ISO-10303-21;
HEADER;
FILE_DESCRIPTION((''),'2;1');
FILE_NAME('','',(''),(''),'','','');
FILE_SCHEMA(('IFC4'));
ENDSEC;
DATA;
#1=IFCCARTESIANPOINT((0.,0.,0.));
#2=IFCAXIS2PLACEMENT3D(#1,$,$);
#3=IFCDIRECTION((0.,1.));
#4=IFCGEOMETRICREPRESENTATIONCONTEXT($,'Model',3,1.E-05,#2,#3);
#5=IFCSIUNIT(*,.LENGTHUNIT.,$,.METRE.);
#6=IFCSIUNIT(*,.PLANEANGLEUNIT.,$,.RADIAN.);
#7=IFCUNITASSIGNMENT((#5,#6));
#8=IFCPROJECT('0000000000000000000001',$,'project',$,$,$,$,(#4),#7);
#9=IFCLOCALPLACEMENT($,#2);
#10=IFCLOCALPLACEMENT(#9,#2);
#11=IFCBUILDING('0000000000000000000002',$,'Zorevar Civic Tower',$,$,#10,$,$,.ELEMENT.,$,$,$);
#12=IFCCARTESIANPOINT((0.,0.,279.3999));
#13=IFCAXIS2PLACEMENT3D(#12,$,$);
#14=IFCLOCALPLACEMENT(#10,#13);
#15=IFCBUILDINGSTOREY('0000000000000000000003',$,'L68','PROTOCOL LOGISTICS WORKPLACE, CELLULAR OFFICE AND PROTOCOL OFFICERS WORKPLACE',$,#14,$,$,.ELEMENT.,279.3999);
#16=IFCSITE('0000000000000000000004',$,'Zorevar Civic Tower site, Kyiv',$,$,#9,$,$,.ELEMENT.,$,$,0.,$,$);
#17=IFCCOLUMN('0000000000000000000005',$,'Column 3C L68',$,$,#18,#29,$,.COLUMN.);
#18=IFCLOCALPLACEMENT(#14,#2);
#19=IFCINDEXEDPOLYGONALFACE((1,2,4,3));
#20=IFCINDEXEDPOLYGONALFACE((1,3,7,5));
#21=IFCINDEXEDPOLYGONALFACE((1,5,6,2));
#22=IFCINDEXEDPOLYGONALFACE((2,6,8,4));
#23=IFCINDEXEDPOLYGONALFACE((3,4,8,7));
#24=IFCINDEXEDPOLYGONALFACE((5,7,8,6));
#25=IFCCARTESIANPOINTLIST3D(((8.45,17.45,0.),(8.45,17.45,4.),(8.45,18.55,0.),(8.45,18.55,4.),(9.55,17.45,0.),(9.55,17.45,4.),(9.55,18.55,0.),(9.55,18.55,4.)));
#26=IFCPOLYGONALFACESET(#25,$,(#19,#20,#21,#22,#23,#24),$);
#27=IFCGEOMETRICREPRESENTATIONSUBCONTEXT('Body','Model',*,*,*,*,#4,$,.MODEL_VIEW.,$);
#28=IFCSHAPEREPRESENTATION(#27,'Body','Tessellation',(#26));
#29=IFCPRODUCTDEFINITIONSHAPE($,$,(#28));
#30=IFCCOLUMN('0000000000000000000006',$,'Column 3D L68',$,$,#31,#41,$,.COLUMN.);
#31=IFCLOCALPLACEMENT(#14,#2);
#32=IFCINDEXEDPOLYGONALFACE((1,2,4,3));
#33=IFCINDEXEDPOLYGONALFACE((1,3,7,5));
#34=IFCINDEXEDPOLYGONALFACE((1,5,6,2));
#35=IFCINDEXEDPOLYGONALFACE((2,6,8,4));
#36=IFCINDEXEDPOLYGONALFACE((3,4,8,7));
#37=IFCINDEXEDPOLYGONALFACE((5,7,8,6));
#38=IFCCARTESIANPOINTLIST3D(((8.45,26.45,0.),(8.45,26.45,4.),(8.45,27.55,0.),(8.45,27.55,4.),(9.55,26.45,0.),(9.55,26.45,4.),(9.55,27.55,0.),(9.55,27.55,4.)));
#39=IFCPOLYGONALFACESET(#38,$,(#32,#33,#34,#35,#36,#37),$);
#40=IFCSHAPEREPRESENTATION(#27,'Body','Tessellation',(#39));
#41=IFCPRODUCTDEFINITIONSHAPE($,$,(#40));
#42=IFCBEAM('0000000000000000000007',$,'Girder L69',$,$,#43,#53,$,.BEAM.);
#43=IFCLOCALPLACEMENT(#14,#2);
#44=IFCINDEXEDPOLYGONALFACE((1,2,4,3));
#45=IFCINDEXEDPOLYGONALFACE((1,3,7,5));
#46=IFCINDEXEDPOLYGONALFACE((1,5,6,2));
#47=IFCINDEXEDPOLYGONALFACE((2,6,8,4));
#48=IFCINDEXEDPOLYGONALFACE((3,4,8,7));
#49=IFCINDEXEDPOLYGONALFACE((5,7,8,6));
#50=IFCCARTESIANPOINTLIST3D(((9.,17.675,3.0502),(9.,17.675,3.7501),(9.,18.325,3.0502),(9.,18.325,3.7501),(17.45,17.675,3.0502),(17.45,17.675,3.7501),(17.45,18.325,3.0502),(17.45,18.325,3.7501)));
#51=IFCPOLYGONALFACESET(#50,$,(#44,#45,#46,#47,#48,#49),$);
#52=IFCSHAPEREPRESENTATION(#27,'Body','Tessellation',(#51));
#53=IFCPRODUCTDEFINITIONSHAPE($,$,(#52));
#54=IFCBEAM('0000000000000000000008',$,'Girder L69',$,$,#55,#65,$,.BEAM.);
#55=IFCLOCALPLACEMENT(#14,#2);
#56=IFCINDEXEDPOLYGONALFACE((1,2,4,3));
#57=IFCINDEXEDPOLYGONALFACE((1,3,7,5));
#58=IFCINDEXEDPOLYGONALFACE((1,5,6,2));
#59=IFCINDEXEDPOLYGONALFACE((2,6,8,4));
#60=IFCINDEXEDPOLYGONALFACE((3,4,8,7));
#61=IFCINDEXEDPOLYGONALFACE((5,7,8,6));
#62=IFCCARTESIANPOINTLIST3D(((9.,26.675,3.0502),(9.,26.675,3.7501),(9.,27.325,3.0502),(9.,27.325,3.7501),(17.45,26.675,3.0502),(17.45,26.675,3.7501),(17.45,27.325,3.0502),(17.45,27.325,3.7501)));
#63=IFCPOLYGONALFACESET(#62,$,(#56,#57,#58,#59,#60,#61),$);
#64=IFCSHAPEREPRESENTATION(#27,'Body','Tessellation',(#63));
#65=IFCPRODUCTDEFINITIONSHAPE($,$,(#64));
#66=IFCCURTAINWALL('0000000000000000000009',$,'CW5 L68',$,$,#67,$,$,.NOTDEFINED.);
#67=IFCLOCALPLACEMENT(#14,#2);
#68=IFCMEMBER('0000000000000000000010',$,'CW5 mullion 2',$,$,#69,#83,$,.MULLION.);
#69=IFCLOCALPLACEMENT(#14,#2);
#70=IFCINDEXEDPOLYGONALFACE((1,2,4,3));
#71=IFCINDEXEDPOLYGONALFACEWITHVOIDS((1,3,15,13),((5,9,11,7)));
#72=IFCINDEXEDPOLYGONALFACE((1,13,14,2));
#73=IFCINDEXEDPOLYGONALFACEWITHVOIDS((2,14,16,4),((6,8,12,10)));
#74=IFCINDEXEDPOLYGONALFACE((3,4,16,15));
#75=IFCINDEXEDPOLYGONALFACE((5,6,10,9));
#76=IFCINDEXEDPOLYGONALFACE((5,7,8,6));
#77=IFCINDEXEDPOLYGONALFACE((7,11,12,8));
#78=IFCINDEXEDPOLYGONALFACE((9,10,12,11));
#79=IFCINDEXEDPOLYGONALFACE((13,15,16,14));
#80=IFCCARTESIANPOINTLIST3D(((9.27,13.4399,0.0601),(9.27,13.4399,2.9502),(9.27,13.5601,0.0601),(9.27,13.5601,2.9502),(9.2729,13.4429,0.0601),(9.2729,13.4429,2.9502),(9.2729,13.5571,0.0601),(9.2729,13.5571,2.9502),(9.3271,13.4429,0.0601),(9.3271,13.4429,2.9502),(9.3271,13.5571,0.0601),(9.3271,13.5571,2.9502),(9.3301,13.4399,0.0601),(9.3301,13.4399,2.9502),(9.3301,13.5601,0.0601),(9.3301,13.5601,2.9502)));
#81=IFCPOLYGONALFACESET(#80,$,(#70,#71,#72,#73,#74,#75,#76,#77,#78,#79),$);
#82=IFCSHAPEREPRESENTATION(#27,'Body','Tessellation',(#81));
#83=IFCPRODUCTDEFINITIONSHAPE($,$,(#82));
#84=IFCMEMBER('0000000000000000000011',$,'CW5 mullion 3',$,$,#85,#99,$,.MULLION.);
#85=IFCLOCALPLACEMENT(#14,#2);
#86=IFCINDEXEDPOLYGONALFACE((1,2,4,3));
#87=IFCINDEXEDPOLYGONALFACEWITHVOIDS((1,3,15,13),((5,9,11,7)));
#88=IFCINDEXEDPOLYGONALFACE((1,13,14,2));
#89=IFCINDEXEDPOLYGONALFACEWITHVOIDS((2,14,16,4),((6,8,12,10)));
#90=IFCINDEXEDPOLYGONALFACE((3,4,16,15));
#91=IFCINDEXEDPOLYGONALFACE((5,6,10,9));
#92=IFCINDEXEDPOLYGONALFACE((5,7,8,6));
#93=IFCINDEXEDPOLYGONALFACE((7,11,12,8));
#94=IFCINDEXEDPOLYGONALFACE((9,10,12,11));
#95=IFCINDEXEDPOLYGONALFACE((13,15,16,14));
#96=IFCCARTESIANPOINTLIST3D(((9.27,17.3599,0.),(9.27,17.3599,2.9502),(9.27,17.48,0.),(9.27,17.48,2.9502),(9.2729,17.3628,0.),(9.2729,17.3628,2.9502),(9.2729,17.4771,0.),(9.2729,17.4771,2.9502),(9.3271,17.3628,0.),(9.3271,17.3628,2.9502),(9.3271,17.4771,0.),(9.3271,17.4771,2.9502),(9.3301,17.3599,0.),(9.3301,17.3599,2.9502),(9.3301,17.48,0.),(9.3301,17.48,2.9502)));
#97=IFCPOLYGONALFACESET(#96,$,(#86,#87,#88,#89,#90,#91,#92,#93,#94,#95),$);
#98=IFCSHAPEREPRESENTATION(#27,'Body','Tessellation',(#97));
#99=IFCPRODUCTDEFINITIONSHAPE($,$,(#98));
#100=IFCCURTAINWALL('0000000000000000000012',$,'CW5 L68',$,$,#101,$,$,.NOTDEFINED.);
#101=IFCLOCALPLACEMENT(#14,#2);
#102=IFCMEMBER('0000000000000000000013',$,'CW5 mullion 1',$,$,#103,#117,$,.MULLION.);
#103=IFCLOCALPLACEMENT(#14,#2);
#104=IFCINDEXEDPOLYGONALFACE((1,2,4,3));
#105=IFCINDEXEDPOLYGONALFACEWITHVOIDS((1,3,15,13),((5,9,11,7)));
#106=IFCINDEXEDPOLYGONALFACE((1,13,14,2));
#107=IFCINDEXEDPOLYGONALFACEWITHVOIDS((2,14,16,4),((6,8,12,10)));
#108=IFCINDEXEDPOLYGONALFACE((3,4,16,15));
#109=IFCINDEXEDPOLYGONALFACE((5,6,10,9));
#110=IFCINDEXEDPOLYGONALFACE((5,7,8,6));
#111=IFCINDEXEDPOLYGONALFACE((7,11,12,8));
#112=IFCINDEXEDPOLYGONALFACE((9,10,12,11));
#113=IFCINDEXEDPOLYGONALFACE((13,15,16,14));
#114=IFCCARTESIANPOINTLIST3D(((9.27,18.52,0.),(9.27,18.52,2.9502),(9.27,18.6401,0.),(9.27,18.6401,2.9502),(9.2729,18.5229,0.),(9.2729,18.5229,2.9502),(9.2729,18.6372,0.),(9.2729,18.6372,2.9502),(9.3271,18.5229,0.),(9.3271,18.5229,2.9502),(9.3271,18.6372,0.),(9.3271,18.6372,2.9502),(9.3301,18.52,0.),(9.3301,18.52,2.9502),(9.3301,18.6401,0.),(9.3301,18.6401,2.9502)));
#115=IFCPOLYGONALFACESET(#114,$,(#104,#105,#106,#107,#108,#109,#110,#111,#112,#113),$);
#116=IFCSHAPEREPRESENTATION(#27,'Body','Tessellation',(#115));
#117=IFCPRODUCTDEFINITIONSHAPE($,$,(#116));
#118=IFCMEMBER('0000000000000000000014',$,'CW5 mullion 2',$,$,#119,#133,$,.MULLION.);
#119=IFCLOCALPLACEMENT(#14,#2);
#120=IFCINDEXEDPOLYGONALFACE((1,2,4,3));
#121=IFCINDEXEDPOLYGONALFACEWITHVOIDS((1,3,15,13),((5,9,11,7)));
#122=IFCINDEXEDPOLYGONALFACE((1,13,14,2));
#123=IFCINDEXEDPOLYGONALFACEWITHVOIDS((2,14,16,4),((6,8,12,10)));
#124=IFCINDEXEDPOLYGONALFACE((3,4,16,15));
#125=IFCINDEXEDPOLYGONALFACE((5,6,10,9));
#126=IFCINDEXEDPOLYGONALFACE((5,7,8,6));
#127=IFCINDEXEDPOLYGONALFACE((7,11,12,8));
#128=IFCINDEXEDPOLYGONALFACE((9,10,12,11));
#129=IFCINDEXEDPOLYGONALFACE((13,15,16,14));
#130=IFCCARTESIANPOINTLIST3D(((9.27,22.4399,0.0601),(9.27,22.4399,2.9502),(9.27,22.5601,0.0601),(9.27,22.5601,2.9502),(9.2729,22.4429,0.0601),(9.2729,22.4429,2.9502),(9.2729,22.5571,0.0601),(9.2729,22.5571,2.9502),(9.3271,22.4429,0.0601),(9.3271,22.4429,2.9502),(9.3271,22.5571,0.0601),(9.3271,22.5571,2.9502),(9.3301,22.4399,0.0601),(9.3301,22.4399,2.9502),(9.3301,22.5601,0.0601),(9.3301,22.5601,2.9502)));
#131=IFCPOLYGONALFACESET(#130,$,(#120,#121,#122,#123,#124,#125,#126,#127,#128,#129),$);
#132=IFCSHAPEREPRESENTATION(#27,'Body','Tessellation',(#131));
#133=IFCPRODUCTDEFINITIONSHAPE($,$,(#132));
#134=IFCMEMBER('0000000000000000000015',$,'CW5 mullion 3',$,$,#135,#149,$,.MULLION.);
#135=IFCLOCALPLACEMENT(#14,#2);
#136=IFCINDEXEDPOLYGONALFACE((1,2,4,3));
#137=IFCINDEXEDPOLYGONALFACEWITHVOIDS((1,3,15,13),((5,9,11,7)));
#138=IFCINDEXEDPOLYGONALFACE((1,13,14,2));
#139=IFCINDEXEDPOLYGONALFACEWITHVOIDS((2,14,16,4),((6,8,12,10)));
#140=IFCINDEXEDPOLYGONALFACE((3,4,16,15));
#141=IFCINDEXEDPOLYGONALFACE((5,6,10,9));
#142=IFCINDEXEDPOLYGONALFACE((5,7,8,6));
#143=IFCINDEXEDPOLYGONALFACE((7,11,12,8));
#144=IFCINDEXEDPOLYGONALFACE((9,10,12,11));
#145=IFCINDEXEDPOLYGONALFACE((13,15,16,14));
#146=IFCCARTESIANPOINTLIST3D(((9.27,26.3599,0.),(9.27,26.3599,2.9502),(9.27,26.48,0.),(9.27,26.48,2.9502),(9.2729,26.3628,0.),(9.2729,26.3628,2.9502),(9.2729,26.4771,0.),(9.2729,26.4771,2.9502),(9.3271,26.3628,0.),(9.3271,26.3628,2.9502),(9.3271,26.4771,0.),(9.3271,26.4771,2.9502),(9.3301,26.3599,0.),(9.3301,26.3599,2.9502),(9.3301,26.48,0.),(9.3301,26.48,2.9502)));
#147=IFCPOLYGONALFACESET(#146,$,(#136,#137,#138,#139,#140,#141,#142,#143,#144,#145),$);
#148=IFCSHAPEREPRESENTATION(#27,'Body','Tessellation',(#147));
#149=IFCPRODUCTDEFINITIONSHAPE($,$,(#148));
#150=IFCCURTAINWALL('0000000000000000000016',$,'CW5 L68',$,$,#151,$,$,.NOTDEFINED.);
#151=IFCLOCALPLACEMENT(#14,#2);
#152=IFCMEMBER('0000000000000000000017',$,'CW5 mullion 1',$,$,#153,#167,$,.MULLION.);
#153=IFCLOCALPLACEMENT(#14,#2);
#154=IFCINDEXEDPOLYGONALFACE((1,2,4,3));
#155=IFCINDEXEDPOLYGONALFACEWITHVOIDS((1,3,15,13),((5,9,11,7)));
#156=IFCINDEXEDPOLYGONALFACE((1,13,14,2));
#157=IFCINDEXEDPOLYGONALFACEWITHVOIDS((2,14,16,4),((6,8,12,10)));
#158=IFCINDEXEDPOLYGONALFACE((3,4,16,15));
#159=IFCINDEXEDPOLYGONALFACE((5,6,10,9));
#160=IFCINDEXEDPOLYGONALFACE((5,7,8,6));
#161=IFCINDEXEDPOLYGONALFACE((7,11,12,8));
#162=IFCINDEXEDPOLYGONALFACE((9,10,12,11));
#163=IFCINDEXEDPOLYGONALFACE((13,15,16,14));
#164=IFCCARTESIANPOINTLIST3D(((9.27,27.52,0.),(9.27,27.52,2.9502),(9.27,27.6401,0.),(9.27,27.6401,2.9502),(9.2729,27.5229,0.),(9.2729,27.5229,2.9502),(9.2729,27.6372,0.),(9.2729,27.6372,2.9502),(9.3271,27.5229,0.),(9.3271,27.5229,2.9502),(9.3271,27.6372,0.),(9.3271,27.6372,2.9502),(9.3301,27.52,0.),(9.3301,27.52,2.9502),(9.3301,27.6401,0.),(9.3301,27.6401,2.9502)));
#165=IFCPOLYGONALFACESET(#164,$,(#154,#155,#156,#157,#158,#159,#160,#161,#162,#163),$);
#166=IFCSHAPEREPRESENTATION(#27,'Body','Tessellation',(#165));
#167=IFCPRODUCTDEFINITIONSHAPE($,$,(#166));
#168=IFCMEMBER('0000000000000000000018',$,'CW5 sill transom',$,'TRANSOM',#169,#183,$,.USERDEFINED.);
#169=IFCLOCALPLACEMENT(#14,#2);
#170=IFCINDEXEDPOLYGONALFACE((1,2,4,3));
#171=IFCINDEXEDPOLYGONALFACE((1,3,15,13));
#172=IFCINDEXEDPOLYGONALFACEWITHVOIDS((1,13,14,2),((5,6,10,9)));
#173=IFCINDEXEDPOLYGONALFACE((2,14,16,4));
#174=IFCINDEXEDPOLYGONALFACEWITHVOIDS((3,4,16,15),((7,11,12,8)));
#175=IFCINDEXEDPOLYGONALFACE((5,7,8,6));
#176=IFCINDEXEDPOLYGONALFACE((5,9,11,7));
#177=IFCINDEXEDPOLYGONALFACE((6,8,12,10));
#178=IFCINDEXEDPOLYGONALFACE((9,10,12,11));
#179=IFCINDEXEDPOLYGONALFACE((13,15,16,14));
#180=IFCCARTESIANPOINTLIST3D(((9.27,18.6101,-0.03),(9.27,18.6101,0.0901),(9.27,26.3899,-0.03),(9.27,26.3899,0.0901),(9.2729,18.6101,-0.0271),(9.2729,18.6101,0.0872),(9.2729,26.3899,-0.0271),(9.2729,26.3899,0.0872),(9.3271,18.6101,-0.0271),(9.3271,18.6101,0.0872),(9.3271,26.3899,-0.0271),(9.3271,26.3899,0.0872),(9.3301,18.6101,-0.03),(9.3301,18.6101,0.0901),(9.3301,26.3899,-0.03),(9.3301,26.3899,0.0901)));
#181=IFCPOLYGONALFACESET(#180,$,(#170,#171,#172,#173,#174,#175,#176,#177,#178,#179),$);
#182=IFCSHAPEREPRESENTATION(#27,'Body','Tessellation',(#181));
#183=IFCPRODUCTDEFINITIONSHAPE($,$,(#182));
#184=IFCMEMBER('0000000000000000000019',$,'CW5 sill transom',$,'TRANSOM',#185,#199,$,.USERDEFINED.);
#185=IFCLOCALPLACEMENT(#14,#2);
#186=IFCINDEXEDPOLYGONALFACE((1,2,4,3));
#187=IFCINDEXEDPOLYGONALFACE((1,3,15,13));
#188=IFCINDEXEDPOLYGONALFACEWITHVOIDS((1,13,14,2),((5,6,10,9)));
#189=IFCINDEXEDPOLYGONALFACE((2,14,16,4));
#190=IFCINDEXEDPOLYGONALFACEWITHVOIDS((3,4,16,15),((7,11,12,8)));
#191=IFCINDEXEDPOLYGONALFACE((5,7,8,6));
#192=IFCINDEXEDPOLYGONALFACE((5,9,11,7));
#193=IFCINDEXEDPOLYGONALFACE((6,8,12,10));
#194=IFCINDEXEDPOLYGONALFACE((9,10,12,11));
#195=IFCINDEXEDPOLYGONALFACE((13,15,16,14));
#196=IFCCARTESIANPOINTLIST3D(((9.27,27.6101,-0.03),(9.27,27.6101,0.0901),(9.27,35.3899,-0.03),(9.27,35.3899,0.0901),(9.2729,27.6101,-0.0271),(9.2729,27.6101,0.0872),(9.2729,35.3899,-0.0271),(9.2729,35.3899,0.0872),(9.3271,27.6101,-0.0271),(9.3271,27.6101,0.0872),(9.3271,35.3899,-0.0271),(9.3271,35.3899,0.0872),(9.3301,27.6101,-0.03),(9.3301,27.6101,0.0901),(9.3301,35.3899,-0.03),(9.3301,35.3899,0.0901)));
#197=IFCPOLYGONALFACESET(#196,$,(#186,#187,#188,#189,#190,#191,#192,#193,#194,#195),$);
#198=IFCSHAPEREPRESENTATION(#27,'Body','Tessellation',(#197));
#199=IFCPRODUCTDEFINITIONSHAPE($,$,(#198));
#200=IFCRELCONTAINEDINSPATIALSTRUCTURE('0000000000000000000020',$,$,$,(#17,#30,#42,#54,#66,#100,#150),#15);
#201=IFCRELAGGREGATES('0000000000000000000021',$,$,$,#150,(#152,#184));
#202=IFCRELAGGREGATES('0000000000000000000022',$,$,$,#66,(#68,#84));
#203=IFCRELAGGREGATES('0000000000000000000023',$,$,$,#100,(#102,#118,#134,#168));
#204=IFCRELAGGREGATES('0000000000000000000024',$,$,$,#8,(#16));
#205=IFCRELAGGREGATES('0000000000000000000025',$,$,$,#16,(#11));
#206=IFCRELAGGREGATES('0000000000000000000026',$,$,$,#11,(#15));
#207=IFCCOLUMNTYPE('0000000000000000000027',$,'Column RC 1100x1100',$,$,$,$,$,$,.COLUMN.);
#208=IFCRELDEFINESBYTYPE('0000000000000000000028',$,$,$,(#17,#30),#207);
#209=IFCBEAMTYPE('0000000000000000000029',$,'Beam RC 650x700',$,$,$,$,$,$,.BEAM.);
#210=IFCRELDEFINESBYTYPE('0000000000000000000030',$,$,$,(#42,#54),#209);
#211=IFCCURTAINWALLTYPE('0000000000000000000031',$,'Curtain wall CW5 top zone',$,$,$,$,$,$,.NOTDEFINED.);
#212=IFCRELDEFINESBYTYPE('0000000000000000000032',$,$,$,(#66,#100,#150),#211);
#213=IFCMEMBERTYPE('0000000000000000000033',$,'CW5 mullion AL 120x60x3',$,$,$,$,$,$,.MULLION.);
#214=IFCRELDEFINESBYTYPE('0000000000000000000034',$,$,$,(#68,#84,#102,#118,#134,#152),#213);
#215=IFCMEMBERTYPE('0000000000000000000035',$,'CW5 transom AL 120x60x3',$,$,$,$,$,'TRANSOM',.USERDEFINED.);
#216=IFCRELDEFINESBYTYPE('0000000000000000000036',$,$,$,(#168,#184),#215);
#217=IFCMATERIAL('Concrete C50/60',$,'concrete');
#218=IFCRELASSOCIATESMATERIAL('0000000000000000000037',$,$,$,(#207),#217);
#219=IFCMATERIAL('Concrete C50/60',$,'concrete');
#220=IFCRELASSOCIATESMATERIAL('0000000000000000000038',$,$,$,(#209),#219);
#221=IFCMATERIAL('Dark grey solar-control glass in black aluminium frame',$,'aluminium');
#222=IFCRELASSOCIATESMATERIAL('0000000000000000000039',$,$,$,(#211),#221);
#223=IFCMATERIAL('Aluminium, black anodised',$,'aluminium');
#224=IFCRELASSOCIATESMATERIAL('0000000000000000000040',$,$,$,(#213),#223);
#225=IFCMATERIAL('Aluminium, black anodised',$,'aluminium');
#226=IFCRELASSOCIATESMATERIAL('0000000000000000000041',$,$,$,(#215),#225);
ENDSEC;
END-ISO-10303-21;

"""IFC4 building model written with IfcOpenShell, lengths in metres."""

from ifc_helpers import new_model, si_unit, direction, frame, origin, origin_2d, place, context, subcontext, project, spatial, rectangle, hollow_rectangle, extrude, material, material_profile, profile_set, type_object, element, aggregate, save


model = new_model("IFC4")

# Units and contexts
model_context = context("Model", 3, precision=1e-05, world=origin(), true_north=direction((0.0, 1.0)))
body_context = subcontext(model_context, "Body", "Model", "MODEL_VIEW")
ifc_project = project(units=[si_unit("LENGTHUNIT", "METRE"), si_unit("PLANEANGLEUNIT", "RADIAN")], contexts=[model_context])

# Site, building, storey
site_placement = place(None, origin())
site = spatial("IfcSite", under=ifc_project, at=site_placement, Name="Zorevar Civic Tower site, Kyiv", CompositionType="ELEMENT", RefElevation=0.0)
building_placement = place(site_placement, origin())
building = spatial("IfcBuilding", under=site, at=building_placement, Name="Zorevar Civic Tower", CompositionType="ELEMENT")
storey_placement = place(building_placement, frame((0.0, 0.0, 279.3999)))
storey = spatial("IfcBuildingStorey", under=building, at=storey_placement, Name="L68", Description="PROTOCOL LOGISTICS WORKPLACE, CELLULAR OFFICE AND PROTOCOL OFFICERS WORKPLACE", CompositionType="ELEMENT", Elevation=279.3999)

# Columns
ifc_material_1 = material(Name="Concrete C50/60", Category="concrete")
ifc_material_profile_1 = material_profile(ifc_material_1, rectangle(XDim=1.1001, YDim=1.1001, at=origin_2d()), Name="RC 1100x1100")
ifc_profile_set_1 = profile_set([ifc_material_profile_1], Name="Concrete C50/60")
column_type = type_object("IfcColumnType", Name="Column RC 1100x1100", PredefinedType="COLUMN", material=ifc_profile_set_1)
for number, where, z_axis, x_axis, name in (
    (1, (9.0, 18.0, 0.0), (0.0, 0.0, 1.0), (1.0, 0.0, 0.0), "Column 3C L68"),
    (2, (9.0, 27.0, 0.0), (0.0, 0.0, 1.0), (1.0, 0.0, 0.0), "Column 3D L68"),
):
    element("IfcColumn", number, at=place(storey_placement, frame(where, z_axis=z_axis, x_axis=x_axis)), inside=storey, type_object=column_type, Name=name, PredefinedType="COLUMN", context=body_context, shape_type="SweptSolid", body=[
        extrude(rectangle(XDim=1.1001, YDim=1.1001, at=origin_2d()), origin(), (0.0, 0.0, 1.0), 4.0),
    ])

# Beams
ifc_material_2 = material(Name="Concrete C50/60", Category="concrete")
ifc_material_profile_2 = material_profile(ifc_material_2, rectangle(XDim=0.6499, YDim=0.7, at=origin_2d()), Name="RC 650x700")
ifc_profile_set_2 = profile_set([ifc_material_profile_2], Name="Concrete C50/60")
beam_type_1 = type_object("IfcBeamType", Name="Beam RC 650x700", PredefinedType="BEAM", material=ifc_profile_set_2)
for number, where, z_axis, x_axis, name in (
    (3, (9.0, 18.0, 3.4001), (1.0, 0.0, 0.0), (0.0, 1.0, 0.0), "Girder L69"),
    (4, (9.0, 27.0, 3.4001), (1.0, 0.0, 0.0), (0.0, 1.0, 0.0), "Girder L69"),
):
    element("IfcBeam", number, at=place(storey_placement, frame(where, z_axis=z_axis, x_axis=x_axis)), inside=storey, type_object=beam_type_1, Name=name, PredefinedType="BEAM", context=body_context, shape_type="SweptSolid", body=[
        extrude(rectangle(XDim=0.6499, YDim=0.7, at=origin_2d()), origin(), (0.0, 0.0, 1.0), 8.45),
    ])

# Curtain walls, members
ifc_material_3 = material(Name="Dark grey solar-control glass in black aluminium frame", Category="aluminium")
curtain_wall_type = type_object("IfcCurtainWallType", Name="Curtain wall CW5 top zone", PredefinedType="NOTDEFINED", material=ifc_material_3)
curtain_wall_1_placement = place(storey_placement, origin())
curtain_wall_1 = element("IfcCurtainWall", 5, at=curtain_wall_1_placement, inside=storey, type_object=curtain_wall_type, Name="CW5 L68", PredefinedType="NOTDEFINED")
ifc_material_4 = material(Name="Aluminium, black anodised", Category="aluminium")
ifc_material_profile_3 = material_profile(ifc_material_4, hollow_rectangle(XDim=0.0601, YDim=0.1201, WallThickness=0.0029, at=origin_2d()), Name="AL 120x60x3")
ifc_profile_set_3 = profile_set([ifc_material_profile_3], Name="Aluminium, black anodised")
member_type_1 = type_object("IfcMemberType", Name="CW5 mullion AL 120x60x3", PredefinedType="MULLION", material=ifc_profile_set_3)
member_1_placement = place(storey_placement, frame((9.3, 13.5, 0.0601), z_axis=(0.0, 0.0, 1.0), x_axis=(-1.0, 0.0, 0.0)))
member_1 = element("IfcMember", 6, at=member_1_placement, type_object=member_type_1, Name="CW5 mullion 2", PredefinedType="MULLION", context=body_context, shape_type="SweptSolid", body=[
    extrude(hollow_rectangle(XDim=0.0601, YDim=0.1201, WallThickness=0.0029, at=origin_2d()), origin(), (0.0, 0.0, 1.0), 2.8901),
])
member_2_placement = place(storey_placement, frame((9.3, 17.4199, 0.0), z_axis=(0.0, 0.0, 1.0), x_axis=(-1.0, 0.0, 0.0)))
member_2 = element("IfcMember", 7, at=member_2_placement, type_object=member_type_1, Name="CW5 mullion 3", PredefinedType="MULLION", context=body_context, shape_type="SweptSolid", body=[
    extrude(hollow_rectangle(XDim=0.0601, YDim=0.1201, WallThickness=0.0029, at=origin_2d()), origin(), (0.0, 0.0, 1.0), 2.9502),
])
curtain_wall_2_placement = place(storey_placement, origin())
curtain_wall_2 = element("IfcCurtainWall", 8, at=curtain_wall_2_placement, inside=storey, type_object=curtain_wall_type, Name="CW5 L68", PredefinedType="NOTDEFINED")
member_3_placement = place(storey_placement, frame((9.3, 18.5801, 0.0), z_axis=(0.0, 0.0, 1.0), x_axis=(-1.0, 0.0, 0.0)))
member_3 = element("IfcMember", 9, at=member_3_placement, type_object=member_type_1, Name="CW5 mullion 1", PredefinedType="MULLION", context=body_context, shape_type="SweptSolid", body=[
    extrude(hollow_rectangle(XDim=0.0601, YDim=0.1201, WallThickness=0.0029, at=origin_2d()), origin(), (0.0, 0.0, 1.0), 2.9502),
])
member_4_placement = place(storey_placement, frame((9.3, 22.5, 0.0601), z_axis=(0.0, 0.0, 1.0), x_axis=(-1.0, 0.0, 0.0)))
member_4 = element("IfcMember", 10, at=member_4_placement, type_object=member_type_1, Name="CW5 mullion 2", PredefinedType="MULLION", context=body_context, shape_type="SweptSolid", body=[
    extrude(hollow_rectangle(XDim=0.0601, YDim=0.1201, WallThickness=0.0029, at=origin_2d()), origin(), (0.0, 0.0, 1.0), 2.8901),
])
member_5_placement = place(storey_placement, frame((9.3, 26.4199, 0.0), z_axis=(0.0, 0.0, 1.0), x_axis=(-1.0, 0.0, 0.0)))
member_5 = element("IfcMember", 11, at=member_5_placement, type_object=member_type_1, Name="CW5 mullion 3", PredefinedType="MULLION", context=body_context, shape_type="SweptSolid", body=[
    extrude(hollow_rectangle(XDim=0.0601, YDim=0.1201, WallThickness=0.0029, at=origin_2d()), origin(), (0.0, 0.0, 1.0), 2.9502),
])

# Curtain wall, member
curtain_wall_3_placement = place(storey_placement, origin())
curtain_wall_3 = element("IfcCurtainWall", 12, at=curtain_wall_3_placement, inside=storey, type_object=curtain_wall_type, Name="CW5 L68", PredefinedType="NOTDEFINED")
member_6_placement = place(storey_placement, frame((9.3, 27.5801, 0.0), z_axis=(0.0, 0.0, 1.0), x_axis=(-1.0, 0.0, 0.0)))
member_6 = element("IfcMember", 13, at=member_6_placement, type_object=member_type_1, Name="CW5 mullion 1", PredefinedType="MULLION", context=body_context, shape_type="SweptSolid", body=[
    extrude(hollow_rectangle(XDim=0.0601, YDim=0.1201, WallThickness=0.0029, at=origin_2d()), origin(), (0.0, 0.0, 1.0), 2.9502),
])

# Members
ifc_material_5 = material(Name="Aluminium, black anodised", Category="aluminium")
ifc_material_profile_4 = material_profile(ifc_material_5, hollow_rectangle(XDim=0.0601, YDim=0.1201, WallThickness=0.0029, at=origin_2d()), Name="AL 120x60x3")
ifc_profile_set_4 = profile_set([ifc_material_profile_4], Name="Aluminium, black anodised")
member_type_2 = type_object("IfcMemberType", Name="CW5 transom AL 120x60x3", ElementType="TRANSOM", PredefinedType="USERDEFINED", material=ifc_profile_set_4)
member_7_placement = place(storey_placement, frame((9.3, 18.6101, 0.03), z_axis=(0.0, 1.0, 0.0), x_axis=(-1.0, 0.0, 0.0)))
member_7 = element("IfcMember", 14, at=member_7_placement, type_object=member_type_2, Name="CW5 sill transom", ObjectType="TRANSOM", PredefinedType="USERDEFINED", context=body_context, shape_type="SweptSolid", body=[
    extrude(hollow_rectangle(XDim=0.0601, YDim=0.1201, WallThickness=0.0029, at=origin_2d()), origin(), (0.0, 0.0, 1.0), 7.7798),
])
member_8_placement = place(storey_placement, frame((9.3, 27.6101, 0.03), z_axis=(0.0, 1.0, 0.0), x_axis=(-1.0, 0.0, 0.0)))
member_8 = element("IfcMember", 15, at=member_8_placement, type_object=member_type_2, Name="CW5 sill transom", ObjectType="TRANSOM", PredefinedType="USERDEFINED", context=body_context, shape_type="SweptSolid", body=[
    extrude(hollow_rectangle(XDim=0.0601, YDim=0.1201, WallThickness=0.0029, at=origin_2d()), origin(), (0.0, 0.0, 1.0), 7.7798),
])
aggregate(curtain_wall_3, [member_6, member_8])

aggregate(curtain_wall_1, [member_1, member_2])
aggregate(curtain_wall_2, [member_3, member_4, member_5, member_7])

save(model, "model.ifc")
